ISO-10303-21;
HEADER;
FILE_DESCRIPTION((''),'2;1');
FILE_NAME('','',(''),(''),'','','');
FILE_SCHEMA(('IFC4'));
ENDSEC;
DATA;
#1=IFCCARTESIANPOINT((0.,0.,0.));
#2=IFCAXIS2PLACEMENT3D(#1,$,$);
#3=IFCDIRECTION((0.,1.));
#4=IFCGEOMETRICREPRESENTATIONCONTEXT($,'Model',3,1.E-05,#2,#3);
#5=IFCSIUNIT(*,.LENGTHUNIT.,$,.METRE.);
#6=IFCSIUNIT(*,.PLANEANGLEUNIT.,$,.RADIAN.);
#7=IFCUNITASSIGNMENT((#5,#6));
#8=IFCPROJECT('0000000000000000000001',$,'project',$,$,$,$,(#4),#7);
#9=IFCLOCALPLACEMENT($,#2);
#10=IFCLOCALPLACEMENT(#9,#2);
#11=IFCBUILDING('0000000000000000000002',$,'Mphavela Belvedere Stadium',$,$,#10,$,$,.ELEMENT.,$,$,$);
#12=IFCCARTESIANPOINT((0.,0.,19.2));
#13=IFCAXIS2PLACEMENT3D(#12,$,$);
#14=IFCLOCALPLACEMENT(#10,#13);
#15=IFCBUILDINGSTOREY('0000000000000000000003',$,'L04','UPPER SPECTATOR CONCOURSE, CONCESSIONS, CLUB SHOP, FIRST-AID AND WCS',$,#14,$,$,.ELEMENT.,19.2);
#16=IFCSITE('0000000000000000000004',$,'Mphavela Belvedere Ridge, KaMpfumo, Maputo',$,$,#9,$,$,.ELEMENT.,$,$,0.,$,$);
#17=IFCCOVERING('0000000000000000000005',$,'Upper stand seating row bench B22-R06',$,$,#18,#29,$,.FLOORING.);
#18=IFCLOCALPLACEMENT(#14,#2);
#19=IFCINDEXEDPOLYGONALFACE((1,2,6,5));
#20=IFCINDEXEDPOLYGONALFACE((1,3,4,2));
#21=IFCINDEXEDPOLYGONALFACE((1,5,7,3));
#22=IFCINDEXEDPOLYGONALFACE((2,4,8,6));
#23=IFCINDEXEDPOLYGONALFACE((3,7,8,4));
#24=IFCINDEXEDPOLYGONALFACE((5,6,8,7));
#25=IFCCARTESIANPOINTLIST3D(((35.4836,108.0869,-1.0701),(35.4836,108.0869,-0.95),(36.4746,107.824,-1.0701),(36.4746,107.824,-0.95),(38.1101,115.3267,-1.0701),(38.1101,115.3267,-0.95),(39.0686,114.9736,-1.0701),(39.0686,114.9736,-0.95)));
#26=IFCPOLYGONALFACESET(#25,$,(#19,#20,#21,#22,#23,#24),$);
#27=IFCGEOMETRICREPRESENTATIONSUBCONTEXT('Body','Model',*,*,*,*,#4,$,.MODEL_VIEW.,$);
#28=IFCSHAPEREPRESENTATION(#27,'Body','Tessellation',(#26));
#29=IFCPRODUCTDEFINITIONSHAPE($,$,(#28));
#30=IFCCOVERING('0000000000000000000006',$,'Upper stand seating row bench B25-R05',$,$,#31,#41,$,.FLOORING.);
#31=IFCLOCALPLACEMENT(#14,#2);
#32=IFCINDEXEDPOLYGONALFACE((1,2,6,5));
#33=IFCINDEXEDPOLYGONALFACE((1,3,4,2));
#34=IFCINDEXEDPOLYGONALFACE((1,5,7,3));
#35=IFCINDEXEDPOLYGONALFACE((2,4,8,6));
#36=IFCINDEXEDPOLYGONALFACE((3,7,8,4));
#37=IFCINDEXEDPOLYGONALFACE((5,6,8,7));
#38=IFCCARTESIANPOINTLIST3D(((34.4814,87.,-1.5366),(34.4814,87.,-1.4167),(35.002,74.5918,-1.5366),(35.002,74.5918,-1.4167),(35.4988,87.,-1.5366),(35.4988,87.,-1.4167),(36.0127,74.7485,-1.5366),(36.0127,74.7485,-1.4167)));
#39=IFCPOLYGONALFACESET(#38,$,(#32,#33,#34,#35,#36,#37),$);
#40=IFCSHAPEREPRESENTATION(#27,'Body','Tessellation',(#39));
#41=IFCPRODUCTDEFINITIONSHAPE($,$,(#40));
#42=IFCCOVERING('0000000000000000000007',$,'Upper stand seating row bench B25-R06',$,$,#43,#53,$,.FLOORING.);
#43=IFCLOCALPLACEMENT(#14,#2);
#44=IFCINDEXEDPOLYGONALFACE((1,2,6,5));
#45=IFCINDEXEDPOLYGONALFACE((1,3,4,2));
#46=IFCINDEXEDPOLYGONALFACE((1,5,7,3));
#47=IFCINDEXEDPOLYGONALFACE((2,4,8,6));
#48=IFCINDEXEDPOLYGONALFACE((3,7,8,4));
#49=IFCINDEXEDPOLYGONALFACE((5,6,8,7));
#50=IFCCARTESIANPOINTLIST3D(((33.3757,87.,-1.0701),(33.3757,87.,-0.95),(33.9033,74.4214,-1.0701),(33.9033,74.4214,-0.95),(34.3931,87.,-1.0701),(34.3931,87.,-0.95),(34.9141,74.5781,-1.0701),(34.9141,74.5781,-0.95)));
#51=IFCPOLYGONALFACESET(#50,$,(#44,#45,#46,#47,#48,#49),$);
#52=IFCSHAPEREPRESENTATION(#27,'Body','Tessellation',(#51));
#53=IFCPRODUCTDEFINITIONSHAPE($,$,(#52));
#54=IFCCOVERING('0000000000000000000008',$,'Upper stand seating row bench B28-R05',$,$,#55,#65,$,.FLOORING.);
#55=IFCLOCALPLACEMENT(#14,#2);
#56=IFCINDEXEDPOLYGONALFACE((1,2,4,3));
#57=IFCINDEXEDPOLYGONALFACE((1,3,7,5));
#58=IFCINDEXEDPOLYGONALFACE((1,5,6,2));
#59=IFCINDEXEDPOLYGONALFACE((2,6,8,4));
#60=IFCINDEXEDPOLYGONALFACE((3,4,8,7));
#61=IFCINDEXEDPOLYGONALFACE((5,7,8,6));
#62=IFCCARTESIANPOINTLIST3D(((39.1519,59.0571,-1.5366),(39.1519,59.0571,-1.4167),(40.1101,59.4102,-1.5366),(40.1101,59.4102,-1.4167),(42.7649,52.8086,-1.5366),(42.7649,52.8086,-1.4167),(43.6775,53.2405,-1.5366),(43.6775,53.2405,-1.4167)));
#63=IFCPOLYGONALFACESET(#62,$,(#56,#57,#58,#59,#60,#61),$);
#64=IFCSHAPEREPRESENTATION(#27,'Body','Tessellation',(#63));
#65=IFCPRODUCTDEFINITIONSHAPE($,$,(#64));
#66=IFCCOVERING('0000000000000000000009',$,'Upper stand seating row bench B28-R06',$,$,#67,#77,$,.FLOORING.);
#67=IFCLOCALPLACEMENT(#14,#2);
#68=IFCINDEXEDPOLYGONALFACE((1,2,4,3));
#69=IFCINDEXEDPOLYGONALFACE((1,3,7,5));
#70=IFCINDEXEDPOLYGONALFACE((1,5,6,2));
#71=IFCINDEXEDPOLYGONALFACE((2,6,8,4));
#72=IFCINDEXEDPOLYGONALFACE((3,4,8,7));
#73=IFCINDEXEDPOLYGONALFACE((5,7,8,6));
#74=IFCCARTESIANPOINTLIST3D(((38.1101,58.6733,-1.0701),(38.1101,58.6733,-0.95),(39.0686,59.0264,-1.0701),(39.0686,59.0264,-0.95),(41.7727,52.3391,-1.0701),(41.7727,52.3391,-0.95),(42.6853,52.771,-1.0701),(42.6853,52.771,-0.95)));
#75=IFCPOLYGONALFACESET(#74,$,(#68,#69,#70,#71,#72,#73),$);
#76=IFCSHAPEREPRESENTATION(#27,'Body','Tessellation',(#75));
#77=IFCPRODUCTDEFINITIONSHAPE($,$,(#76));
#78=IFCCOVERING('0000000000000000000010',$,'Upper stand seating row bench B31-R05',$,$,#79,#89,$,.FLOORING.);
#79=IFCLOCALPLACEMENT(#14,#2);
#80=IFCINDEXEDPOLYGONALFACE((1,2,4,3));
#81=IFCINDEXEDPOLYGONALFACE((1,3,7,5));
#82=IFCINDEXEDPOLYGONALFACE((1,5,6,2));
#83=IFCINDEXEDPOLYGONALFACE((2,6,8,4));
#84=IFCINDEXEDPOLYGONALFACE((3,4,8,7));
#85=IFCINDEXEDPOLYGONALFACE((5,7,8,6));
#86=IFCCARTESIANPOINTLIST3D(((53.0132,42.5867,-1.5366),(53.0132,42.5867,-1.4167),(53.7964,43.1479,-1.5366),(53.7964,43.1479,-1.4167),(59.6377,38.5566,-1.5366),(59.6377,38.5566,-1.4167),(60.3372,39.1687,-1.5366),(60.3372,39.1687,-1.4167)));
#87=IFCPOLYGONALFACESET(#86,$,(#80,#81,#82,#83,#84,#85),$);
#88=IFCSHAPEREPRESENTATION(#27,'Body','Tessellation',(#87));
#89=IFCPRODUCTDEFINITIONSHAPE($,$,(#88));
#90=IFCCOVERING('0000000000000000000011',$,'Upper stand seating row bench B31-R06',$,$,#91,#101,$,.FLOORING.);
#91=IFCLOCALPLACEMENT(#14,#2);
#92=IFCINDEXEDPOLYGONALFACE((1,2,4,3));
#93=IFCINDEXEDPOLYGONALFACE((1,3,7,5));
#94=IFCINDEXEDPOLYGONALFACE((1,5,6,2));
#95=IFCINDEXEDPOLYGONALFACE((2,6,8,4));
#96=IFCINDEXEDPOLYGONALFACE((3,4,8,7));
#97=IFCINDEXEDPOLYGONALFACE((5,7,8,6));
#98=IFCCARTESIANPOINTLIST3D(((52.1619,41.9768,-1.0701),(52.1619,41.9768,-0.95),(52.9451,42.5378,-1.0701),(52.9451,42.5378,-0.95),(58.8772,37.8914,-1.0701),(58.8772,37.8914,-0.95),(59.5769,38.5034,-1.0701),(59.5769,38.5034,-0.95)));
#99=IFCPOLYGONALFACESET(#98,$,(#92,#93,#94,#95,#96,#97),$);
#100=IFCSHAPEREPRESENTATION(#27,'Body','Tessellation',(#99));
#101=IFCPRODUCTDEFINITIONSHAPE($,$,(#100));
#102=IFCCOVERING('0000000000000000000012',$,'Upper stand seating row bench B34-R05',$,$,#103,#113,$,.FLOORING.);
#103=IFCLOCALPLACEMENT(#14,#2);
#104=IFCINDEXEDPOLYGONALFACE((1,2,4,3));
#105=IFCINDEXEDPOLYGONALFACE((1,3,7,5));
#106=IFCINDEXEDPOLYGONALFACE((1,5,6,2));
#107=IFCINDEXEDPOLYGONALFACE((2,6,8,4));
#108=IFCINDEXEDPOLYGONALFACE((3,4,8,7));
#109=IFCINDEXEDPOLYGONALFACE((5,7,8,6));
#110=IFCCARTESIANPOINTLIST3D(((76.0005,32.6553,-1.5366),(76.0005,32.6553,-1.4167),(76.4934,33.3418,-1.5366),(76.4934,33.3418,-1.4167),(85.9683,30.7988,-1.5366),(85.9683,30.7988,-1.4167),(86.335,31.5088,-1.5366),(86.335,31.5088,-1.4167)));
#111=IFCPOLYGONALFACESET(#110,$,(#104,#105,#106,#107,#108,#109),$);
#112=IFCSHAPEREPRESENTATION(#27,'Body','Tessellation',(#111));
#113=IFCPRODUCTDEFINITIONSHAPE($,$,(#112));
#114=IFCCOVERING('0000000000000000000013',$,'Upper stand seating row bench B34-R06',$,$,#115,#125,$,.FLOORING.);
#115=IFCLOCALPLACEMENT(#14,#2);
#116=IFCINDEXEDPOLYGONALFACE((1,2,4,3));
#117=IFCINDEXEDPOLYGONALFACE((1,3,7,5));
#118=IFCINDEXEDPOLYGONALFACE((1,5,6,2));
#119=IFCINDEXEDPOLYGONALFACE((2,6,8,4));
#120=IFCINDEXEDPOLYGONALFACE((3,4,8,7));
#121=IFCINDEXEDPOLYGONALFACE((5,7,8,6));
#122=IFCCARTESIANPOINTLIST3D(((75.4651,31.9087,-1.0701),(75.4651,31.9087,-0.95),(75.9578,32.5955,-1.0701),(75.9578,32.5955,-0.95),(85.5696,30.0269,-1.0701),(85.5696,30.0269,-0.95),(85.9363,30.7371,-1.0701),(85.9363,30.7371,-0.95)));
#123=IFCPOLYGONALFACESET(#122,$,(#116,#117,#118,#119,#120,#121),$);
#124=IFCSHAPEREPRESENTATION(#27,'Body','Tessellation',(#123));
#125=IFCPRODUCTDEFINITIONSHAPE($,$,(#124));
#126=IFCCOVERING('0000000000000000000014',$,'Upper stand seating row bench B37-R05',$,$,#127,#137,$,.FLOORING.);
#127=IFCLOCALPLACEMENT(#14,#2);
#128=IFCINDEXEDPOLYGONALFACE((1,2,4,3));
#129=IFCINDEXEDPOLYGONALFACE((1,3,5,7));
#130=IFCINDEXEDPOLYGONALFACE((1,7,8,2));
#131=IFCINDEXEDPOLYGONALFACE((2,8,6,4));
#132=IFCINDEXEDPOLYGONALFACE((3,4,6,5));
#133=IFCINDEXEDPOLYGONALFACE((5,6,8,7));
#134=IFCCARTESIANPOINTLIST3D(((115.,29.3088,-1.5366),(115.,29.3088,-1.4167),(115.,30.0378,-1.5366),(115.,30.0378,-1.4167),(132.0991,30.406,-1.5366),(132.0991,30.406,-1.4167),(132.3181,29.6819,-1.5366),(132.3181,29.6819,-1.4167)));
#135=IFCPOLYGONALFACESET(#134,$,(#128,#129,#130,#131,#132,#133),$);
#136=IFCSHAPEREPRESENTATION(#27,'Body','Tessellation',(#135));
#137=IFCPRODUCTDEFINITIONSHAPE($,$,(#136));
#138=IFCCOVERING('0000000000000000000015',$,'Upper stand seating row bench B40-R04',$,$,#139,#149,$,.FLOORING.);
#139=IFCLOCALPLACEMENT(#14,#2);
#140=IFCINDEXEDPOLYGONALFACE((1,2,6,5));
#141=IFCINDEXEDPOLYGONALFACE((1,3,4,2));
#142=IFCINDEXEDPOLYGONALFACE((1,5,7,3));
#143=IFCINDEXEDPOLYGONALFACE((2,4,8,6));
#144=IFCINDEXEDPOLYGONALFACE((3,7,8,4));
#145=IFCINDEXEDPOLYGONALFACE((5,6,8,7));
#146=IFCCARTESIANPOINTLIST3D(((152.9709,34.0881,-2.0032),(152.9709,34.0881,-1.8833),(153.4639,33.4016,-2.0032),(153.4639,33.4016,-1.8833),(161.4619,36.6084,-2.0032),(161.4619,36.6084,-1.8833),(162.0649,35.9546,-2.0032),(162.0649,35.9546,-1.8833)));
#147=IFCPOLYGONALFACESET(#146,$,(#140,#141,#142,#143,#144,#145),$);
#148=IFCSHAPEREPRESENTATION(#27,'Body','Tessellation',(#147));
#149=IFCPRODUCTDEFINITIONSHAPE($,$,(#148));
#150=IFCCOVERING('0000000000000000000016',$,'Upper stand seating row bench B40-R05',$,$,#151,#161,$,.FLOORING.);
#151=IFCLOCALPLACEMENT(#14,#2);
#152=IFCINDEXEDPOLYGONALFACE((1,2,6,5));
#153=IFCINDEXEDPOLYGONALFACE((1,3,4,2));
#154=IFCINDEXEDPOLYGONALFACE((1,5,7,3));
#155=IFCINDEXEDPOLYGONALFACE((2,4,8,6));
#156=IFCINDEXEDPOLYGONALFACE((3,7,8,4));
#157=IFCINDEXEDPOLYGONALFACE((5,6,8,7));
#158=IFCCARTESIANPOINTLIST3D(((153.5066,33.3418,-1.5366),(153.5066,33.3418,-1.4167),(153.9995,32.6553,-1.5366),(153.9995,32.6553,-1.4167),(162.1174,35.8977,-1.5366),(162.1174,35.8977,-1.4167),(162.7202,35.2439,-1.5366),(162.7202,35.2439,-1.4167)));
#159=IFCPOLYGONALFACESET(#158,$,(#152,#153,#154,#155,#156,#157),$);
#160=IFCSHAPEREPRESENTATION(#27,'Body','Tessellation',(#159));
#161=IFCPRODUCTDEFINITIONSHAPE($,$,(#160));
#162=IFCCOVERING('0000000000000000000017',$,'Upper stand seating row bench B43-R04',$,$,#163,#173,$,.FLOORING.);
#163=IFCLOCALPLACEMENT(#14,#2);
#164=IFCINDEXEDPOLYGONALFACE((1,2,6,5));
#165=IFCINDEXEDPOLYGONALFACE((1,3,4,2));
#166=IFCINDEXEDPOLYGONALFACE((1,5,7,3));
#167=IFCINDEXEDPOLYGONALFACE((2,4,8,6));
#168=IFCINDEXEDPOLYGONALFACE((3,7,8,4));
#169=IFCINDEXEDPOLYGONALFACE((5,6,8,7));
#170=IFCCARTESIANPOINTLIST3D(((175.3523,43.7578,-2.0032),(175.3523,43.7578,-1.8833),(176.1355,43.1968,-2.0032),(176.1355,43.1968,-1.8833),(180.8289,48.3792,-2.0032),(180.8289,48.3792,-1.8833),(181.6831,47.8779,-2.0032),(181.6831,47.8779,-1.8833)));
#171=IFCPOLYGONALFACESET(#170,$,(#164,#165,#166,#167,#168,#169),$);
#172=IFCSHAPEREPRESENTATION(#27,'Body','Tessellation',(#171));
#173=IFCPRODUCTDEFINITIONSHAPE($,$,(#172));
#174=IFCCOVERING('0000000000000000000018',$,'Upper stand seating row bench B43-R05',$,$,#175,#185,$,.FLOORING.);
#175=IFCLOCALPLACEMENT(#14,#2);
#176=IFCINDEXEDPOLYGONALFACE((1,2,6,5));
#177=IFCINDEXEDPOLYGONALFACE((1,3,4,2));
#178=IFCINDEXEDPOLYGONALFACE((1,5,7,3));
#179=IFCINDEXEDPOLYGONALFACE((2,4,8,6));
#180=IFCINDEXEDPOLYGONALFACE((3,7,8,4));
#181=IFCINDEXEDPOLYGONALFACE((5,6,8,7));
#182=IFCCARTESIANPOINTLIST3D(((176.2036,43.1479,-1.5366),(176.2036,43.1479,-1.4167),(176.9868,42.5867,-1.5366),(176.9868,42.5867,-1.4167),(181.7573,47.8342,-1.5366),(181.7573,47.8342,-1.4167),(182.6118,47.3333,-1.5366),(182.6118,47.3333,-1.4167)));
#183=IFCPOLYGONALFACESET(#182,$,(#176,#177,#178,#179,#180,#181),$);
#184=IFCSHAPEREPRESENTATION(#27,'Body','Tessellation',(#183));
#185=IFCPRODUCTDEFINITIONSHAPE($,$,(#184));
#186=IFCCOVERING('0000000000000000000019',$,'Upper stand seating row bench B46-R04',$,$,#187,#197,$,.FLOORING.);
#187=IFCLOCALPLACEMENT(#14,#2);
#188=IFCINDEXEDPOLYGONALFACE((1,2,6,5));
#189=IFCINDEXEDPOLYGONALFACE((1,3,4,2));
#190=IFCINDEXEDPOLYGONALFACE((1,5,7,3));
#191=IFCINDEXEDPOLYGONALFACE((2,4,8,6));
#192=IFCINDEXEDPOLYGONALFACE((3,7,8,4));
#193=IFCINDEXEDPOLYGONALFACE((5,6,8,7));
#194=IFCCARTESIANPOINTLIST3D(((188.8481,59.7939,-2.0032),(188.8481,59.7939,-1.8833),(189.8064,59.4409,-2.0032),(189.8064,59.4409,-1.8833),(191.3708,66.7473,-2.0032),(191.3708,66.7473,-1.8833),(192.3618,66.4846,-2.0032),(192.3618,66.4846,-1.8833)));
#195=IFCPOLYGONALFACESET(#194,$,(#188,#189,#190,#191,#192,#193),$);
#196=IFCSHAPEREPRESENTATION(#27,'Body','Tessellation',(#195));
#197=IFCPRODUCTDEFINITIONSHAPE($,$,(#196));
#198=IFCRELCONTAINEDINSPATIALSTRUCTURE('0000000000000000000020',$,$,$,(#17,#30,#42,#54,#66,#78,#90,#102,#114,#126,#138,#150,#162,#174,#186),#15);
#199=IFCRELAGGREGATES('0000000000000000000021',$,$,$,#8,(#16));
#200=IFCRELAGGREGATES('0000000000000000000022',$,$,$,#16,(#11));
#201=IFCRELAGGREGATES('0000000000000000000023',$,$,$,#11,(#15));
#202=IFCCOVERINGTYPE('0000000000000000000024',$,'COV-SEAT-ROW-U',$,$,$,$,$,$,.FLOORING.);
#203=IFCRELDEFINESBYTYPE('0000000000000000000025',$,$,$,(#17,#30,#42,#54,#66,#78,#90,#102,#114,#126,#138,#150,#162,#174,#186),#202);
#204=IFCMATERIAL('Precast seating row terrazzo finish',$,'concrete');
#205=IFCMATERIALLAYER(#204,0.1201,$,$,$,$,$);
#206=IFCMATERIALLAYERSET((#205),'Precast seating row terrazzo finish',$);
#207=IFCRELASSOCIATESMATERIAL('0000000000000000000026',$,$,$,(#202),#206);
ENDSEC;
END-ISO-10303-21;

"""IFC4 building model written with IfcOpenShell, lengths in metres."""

from ifc_helpers import new_model, si_unit, direction, frame, origin, place, context, subcontext, project, spatial, polyline, outline, extrude, material, layer, layer_set, type_object, element, save


model = new_model("IFC4")

# Units and contexts
model_context = context("Model", 3, precision=1e-05, world=origin(), true_north=direction((0.0, 1.0)))
body_context = subcontext(model_context, "Body", "Model", "MODEL_VIEW")
ifc_project = project(units=[si_unit("LENGTHUNIT", "METRE"), si_unit("PLANEANGLEUNIT", "RADIAN")], contexts=[model_context])

# Site, building, storey
site_placement = place(None, origin())
site = spatial("IfcSite", under=ifc_project, at=site_placement, Name="Mphavela Belvedere Ridge, KaMpfumo, Maputo", CompositionType="ELEMENT", RefElevation=0.0)
building_placement = place(site_placement, origin())
building = spatial("IfcBuilding", under=site, at=building_placement, Name="Mphavela Belvedere Stadium", CompositionType="ELEMENT")
storey_placement = place(building_placement, frame((0.0, 0.0, 19.2)))
storey = spatial("IfcBuildingStorey", under=building, at=storey_placement, Name="L04", Description="UPPER SPECTATOR CONCOURSE, CONCESSIONS, CLUB SHOP, FIRST-AID AND WCS", CompositionType="ELEMENT", Elevation=19.2)

# Coverings
ifc_material = material(Name="Precast seating row terrazzo finish", Category="concrete")
ifc_layer = layer(ifc_material, 0.1201)
ifc_layer_set = layer_set([ifc_layer], Name="Precast seating row terrazzo finish")
covering_type = type_object("IfcCoveringType", Name="COV-SEAT-ROW-U", PredefinedType="FLOORING", material=ifc_layer_set)
covering_1_placement = place(storey_placement, frame((0.0, 0.0, -1.0701)))
element("IfcCovering", 1, at=covering_1_placement, inside=storey, type_object=covering_type, Name="Upper stand seating row bench B22-R06", PredefinedType="FLOORING", context=body_context, shape_type="SweptSolid", body=[
    extrude(outline(polyline([(39.0686, 114.9736), (36.4746, 107.824), (35.4836, 108.0869), (38.1101, 115.3267), (39.0686, 114.9736)])), origin(), (0.0, 0.0, 1.0), 0.1201),
])
covering_2_placement = place(storey_placement, frame((0.0, 0.0, -1.5366)))
element("IfcCovering", 2, at=covering_2_placement, inside=storey, type_object=covering_type, Name="Upper stand seating row bench B25-R05", PredefinedType="FLOORING", context=body_context, shape_type="SweptSolid", body=[
    extrude(outline(polyline([(35.4988, 87.0), (36.0127, 74.7485), (35.002, 74.5918), (34.4814, 87.0), (35.4988, 87.0)])), origin(), (0.0, 0.0, 1.0), 0.1199),
])
covering_3_placement = place(storey_placement, frame((0.0, 0.0, -1.0701)))
element("IfcCovering", 3, at=covering_3_placement, inside=storey, type_object=covering_type, Name="Upper stand seating row bench B25-R06", PredefinedType="FLOORING", context=body_context, shape_type="SweptSolid", body=[
    extrude(outline(polyline([(34.3931, 87.0), (34.9141, 74.5781), (33.9033, 74.4214), (33.3757, 87.0), (34.3931, 87.0)])), origin(), (0.0, 0.0, 1.0), 0.1201),
])
covering_4_placement = place(storey_placement, frame((0.0, 0.0, -1.5366)))
element("IfcCovering", 4, at=covering_4_placement, inside=storey, type_object=covering_type, Name="Upper stand seating row bench B28-R05", PredefinedType="FLOORING", context=body_context, shape_type="SweptSolid", body=[
    extrude(outline(polyline([(40.1101, 59.4102), (43.6775, 53.2405), (42.7649, 52.8086), (39.1519, 59.0571), (40.1101, 59.4102)])), origin(), (0.0, 0.0, 1.0), 0.1199),
])
covering_5_placement = place(storey_placement, frame((0.0, 0.0, -1.0701)))
element("IfcCovering", 5, at=covering_5_placement, inside=storey, type_object=covering_type, Name="Upper stand seating row bench B28-R06", PredefinedType="FLOORING", context=body_context, shape_type="SweptSolid", body=[
    extrude(outline(polyline([(39.0686, 59.0264), (42.6853, 52.771), (41.7727, 52.3391), (38.1101, 58.6733), (39.0686, 59.0264)])), origin(), (0.0, 0.0, 1.0), 0.1201),
])
covering_6_placement = place(storey_placement, frame((0.0, 0.0, -1.5366)))
element("IfcCovering", 6, at=covering_6_placement, inside=storey, type_object=covering_type, Name="Upper stand seating row bench B31-R05", PredefinedType="FLOORING", context=body_context, shape_type="SweptSolid", body=[
    extrude(outline(polyline([(53.7964, 43.1479), (60.3372, 39.1687), (59.6377, 38.5566), (53.0132, 42.5867), (53.7964, 43.1479)])), origin(), (0.0, 0.0, 1.0), 0.1199),
])
covering_7_placement = place(storey_placement, frame((0.0, 0.0, -1.0701)))
element("IfcCovering", 7, at=covering_7_placement, inside=storey, type_object=covering_type, Name="Upper stand seating row bench B31-R06", PredefinedType="FLOORING", context=body_context, shape_type="SweptSolid", body=[
    extrude(outline(polyline([(52.9451, 42.5378), (59.5769, 38.5034), (58.8772, 37.8914), (52.1619, 41.9768), (52.9451, 42.5378)])), origin(), (0.0, 0.0, 1.0), 0.1201),
])
covering_8_placement = place(storey_placement, frame((0.0, 0.0, -1.5366)))
element("IfcCovering", 8, at=covering_8_placement, inside=storey, type_object=covering_type, Name="Upper stand seating row bench B34-R05", PredefinedType="FLOORING", context=body_context, shape_type="SweptSolid", body=[
    extrude(outline(polyline([(76.4934, 33.3418), (86.335, 31.5088), (85.9683, 30.7988), (76.0005, 32.6553), (76.4934, 33.3418)])), origin(), (0.0, 0.0, 1.0), 0.1199),
])
covering_9_placement = place(storey_placement, frame((0.0, 0.0, -1.0701)))
element("IfcCovering", 9, at=covering_9_placement, inside=storey, type_object=covering_type, Name="Upper stand seating row bench B34-R06", PredefinedType="FLOORING", context=body_context, shape_type="SweptSolid", body=[
    extrude(outline(polyline([(75.9578, 32.5955), (85.9363, 30.7371), (85.5696, 30.0269), (75.4651, 31.9087), (75.9578, 32.5955)])), origin(), (0.0, 0.0, 1.0), 0.1201),
])
covering_10_placement = place(storey_placement, frame((0.0, 0.0, -1.5366)))
element("IfcCovering", 10, at=covering_10_placement, inside=storey, type_object=covering_type, Name="Upper stand seating row bench B37-R05", PredefinedType="FLOORING", context=body_context, shape_type="SweptSolid", body=[
    extrude(outline(polyline([(115.0, 30.0378), (132.0991, 30.406), (132.3181, 29.6819), (115.0, 29.3088), (115.0, 30.0378)])), origin(), (0.0, 0.0, 1.0), 0.1199),
])
covering_11_placement = place(storey_placement, frame((0.0, 0.0, -2.0032)))
element("IfcCovering", 11, at=covering_11_placement, inside=storey, type_object=covering_type, Name="Upper stand seating row bench B40-R04", PredefinedType="FLOORING", context=body_context, shape_type="SweptSolid", body=[
    extrude(outline(polyline([(152.9709, 34.0881), (161.4619, 36.6084), (162.0649, 35.9546), (153.4639, 33.4016), (152.9709, 34.0881)])), origin(), (0.0, 0.0, 1.0), 0.1199),
])
covering_12_placement = place(storey_placement, frame((0.0, 0.0, -1.5366)))
element("IfcCovering", 12, at=covering_12_placement, inside=storey, type_object=covering_type, Name="Upper stand seating row bench B40-R05", PredefinedType="FLOORING", context=body_context, shape_type="SweptSolid", body=[
    extrude(outline(polyline([(153.5066, 33.3418), (162.1174, 35.8977), (162.7202, 35.2439), (153.9995, 32.6553), (153.5066, 33.3418)])), origin(), (0.0, 0.0, 1.0), 0.1199),
])
covering_13_placement = place(storey_placement, frame((0.0, 0.0, -2.0032)))
element("IfcCovering", 13, at=covering_13_placement, inside=storey, type_object=covering_type, Name="Upper stand seating row bench B43-R04", PredefinedType="FLOORING", context=body_context, shape_type="SweptSolid", body=[
    extrude(outline(polyline([(175.3523, 43.7578), (180.8289, 48.3792), (181.6831, 47.8779), (176.1355, 43.1968), (175.3523, 43.7578)])), origin(), (0.0, 0.0, 1.0), 0.1199),
])
covering_14_placement = place(storey_placement, frame((0.0, 0.0, -1.5366)))
element("IfcCovering", 14, at=covering_14_placement, inside=storey, type_object=covering_type, Name="Upper stand seating row bench B43-R05", PredefinedType="FLOORING", context=body_context, shape_type="SweptSolid", body=[
    extrude(outline(polyline([(176.2036, 43.1479), (181.7573, 47.8342), (182.6118, 47.3333), (176.9868, 42.5867), (176.2036, 43.1479)])), origin(), (0.0, 0.0, 1.0), 0.1199),
])
covering_15_placement = place(storey_placement, frame((0.0, 0.0, -2.0032)))
element("IfcCovering", 15, at=covering_15_placement, inside=storey, type_object=covering_type, Name="Upper stand seating row bench B46-R04", PredefinedType="FLOORING", context=body_context, shape_type="SweptSolid", body=[
    extrude(outline(polyline([(188.8481, 59.7939), (191.3708, 66.7473), (192.3618, 66.4846), (189.8064, 59.4409), (188.8481, 59.7939)])), origin(), (0.0, 0.0, 1.0), 0.1199),
])

save(model, "model.ifc")
